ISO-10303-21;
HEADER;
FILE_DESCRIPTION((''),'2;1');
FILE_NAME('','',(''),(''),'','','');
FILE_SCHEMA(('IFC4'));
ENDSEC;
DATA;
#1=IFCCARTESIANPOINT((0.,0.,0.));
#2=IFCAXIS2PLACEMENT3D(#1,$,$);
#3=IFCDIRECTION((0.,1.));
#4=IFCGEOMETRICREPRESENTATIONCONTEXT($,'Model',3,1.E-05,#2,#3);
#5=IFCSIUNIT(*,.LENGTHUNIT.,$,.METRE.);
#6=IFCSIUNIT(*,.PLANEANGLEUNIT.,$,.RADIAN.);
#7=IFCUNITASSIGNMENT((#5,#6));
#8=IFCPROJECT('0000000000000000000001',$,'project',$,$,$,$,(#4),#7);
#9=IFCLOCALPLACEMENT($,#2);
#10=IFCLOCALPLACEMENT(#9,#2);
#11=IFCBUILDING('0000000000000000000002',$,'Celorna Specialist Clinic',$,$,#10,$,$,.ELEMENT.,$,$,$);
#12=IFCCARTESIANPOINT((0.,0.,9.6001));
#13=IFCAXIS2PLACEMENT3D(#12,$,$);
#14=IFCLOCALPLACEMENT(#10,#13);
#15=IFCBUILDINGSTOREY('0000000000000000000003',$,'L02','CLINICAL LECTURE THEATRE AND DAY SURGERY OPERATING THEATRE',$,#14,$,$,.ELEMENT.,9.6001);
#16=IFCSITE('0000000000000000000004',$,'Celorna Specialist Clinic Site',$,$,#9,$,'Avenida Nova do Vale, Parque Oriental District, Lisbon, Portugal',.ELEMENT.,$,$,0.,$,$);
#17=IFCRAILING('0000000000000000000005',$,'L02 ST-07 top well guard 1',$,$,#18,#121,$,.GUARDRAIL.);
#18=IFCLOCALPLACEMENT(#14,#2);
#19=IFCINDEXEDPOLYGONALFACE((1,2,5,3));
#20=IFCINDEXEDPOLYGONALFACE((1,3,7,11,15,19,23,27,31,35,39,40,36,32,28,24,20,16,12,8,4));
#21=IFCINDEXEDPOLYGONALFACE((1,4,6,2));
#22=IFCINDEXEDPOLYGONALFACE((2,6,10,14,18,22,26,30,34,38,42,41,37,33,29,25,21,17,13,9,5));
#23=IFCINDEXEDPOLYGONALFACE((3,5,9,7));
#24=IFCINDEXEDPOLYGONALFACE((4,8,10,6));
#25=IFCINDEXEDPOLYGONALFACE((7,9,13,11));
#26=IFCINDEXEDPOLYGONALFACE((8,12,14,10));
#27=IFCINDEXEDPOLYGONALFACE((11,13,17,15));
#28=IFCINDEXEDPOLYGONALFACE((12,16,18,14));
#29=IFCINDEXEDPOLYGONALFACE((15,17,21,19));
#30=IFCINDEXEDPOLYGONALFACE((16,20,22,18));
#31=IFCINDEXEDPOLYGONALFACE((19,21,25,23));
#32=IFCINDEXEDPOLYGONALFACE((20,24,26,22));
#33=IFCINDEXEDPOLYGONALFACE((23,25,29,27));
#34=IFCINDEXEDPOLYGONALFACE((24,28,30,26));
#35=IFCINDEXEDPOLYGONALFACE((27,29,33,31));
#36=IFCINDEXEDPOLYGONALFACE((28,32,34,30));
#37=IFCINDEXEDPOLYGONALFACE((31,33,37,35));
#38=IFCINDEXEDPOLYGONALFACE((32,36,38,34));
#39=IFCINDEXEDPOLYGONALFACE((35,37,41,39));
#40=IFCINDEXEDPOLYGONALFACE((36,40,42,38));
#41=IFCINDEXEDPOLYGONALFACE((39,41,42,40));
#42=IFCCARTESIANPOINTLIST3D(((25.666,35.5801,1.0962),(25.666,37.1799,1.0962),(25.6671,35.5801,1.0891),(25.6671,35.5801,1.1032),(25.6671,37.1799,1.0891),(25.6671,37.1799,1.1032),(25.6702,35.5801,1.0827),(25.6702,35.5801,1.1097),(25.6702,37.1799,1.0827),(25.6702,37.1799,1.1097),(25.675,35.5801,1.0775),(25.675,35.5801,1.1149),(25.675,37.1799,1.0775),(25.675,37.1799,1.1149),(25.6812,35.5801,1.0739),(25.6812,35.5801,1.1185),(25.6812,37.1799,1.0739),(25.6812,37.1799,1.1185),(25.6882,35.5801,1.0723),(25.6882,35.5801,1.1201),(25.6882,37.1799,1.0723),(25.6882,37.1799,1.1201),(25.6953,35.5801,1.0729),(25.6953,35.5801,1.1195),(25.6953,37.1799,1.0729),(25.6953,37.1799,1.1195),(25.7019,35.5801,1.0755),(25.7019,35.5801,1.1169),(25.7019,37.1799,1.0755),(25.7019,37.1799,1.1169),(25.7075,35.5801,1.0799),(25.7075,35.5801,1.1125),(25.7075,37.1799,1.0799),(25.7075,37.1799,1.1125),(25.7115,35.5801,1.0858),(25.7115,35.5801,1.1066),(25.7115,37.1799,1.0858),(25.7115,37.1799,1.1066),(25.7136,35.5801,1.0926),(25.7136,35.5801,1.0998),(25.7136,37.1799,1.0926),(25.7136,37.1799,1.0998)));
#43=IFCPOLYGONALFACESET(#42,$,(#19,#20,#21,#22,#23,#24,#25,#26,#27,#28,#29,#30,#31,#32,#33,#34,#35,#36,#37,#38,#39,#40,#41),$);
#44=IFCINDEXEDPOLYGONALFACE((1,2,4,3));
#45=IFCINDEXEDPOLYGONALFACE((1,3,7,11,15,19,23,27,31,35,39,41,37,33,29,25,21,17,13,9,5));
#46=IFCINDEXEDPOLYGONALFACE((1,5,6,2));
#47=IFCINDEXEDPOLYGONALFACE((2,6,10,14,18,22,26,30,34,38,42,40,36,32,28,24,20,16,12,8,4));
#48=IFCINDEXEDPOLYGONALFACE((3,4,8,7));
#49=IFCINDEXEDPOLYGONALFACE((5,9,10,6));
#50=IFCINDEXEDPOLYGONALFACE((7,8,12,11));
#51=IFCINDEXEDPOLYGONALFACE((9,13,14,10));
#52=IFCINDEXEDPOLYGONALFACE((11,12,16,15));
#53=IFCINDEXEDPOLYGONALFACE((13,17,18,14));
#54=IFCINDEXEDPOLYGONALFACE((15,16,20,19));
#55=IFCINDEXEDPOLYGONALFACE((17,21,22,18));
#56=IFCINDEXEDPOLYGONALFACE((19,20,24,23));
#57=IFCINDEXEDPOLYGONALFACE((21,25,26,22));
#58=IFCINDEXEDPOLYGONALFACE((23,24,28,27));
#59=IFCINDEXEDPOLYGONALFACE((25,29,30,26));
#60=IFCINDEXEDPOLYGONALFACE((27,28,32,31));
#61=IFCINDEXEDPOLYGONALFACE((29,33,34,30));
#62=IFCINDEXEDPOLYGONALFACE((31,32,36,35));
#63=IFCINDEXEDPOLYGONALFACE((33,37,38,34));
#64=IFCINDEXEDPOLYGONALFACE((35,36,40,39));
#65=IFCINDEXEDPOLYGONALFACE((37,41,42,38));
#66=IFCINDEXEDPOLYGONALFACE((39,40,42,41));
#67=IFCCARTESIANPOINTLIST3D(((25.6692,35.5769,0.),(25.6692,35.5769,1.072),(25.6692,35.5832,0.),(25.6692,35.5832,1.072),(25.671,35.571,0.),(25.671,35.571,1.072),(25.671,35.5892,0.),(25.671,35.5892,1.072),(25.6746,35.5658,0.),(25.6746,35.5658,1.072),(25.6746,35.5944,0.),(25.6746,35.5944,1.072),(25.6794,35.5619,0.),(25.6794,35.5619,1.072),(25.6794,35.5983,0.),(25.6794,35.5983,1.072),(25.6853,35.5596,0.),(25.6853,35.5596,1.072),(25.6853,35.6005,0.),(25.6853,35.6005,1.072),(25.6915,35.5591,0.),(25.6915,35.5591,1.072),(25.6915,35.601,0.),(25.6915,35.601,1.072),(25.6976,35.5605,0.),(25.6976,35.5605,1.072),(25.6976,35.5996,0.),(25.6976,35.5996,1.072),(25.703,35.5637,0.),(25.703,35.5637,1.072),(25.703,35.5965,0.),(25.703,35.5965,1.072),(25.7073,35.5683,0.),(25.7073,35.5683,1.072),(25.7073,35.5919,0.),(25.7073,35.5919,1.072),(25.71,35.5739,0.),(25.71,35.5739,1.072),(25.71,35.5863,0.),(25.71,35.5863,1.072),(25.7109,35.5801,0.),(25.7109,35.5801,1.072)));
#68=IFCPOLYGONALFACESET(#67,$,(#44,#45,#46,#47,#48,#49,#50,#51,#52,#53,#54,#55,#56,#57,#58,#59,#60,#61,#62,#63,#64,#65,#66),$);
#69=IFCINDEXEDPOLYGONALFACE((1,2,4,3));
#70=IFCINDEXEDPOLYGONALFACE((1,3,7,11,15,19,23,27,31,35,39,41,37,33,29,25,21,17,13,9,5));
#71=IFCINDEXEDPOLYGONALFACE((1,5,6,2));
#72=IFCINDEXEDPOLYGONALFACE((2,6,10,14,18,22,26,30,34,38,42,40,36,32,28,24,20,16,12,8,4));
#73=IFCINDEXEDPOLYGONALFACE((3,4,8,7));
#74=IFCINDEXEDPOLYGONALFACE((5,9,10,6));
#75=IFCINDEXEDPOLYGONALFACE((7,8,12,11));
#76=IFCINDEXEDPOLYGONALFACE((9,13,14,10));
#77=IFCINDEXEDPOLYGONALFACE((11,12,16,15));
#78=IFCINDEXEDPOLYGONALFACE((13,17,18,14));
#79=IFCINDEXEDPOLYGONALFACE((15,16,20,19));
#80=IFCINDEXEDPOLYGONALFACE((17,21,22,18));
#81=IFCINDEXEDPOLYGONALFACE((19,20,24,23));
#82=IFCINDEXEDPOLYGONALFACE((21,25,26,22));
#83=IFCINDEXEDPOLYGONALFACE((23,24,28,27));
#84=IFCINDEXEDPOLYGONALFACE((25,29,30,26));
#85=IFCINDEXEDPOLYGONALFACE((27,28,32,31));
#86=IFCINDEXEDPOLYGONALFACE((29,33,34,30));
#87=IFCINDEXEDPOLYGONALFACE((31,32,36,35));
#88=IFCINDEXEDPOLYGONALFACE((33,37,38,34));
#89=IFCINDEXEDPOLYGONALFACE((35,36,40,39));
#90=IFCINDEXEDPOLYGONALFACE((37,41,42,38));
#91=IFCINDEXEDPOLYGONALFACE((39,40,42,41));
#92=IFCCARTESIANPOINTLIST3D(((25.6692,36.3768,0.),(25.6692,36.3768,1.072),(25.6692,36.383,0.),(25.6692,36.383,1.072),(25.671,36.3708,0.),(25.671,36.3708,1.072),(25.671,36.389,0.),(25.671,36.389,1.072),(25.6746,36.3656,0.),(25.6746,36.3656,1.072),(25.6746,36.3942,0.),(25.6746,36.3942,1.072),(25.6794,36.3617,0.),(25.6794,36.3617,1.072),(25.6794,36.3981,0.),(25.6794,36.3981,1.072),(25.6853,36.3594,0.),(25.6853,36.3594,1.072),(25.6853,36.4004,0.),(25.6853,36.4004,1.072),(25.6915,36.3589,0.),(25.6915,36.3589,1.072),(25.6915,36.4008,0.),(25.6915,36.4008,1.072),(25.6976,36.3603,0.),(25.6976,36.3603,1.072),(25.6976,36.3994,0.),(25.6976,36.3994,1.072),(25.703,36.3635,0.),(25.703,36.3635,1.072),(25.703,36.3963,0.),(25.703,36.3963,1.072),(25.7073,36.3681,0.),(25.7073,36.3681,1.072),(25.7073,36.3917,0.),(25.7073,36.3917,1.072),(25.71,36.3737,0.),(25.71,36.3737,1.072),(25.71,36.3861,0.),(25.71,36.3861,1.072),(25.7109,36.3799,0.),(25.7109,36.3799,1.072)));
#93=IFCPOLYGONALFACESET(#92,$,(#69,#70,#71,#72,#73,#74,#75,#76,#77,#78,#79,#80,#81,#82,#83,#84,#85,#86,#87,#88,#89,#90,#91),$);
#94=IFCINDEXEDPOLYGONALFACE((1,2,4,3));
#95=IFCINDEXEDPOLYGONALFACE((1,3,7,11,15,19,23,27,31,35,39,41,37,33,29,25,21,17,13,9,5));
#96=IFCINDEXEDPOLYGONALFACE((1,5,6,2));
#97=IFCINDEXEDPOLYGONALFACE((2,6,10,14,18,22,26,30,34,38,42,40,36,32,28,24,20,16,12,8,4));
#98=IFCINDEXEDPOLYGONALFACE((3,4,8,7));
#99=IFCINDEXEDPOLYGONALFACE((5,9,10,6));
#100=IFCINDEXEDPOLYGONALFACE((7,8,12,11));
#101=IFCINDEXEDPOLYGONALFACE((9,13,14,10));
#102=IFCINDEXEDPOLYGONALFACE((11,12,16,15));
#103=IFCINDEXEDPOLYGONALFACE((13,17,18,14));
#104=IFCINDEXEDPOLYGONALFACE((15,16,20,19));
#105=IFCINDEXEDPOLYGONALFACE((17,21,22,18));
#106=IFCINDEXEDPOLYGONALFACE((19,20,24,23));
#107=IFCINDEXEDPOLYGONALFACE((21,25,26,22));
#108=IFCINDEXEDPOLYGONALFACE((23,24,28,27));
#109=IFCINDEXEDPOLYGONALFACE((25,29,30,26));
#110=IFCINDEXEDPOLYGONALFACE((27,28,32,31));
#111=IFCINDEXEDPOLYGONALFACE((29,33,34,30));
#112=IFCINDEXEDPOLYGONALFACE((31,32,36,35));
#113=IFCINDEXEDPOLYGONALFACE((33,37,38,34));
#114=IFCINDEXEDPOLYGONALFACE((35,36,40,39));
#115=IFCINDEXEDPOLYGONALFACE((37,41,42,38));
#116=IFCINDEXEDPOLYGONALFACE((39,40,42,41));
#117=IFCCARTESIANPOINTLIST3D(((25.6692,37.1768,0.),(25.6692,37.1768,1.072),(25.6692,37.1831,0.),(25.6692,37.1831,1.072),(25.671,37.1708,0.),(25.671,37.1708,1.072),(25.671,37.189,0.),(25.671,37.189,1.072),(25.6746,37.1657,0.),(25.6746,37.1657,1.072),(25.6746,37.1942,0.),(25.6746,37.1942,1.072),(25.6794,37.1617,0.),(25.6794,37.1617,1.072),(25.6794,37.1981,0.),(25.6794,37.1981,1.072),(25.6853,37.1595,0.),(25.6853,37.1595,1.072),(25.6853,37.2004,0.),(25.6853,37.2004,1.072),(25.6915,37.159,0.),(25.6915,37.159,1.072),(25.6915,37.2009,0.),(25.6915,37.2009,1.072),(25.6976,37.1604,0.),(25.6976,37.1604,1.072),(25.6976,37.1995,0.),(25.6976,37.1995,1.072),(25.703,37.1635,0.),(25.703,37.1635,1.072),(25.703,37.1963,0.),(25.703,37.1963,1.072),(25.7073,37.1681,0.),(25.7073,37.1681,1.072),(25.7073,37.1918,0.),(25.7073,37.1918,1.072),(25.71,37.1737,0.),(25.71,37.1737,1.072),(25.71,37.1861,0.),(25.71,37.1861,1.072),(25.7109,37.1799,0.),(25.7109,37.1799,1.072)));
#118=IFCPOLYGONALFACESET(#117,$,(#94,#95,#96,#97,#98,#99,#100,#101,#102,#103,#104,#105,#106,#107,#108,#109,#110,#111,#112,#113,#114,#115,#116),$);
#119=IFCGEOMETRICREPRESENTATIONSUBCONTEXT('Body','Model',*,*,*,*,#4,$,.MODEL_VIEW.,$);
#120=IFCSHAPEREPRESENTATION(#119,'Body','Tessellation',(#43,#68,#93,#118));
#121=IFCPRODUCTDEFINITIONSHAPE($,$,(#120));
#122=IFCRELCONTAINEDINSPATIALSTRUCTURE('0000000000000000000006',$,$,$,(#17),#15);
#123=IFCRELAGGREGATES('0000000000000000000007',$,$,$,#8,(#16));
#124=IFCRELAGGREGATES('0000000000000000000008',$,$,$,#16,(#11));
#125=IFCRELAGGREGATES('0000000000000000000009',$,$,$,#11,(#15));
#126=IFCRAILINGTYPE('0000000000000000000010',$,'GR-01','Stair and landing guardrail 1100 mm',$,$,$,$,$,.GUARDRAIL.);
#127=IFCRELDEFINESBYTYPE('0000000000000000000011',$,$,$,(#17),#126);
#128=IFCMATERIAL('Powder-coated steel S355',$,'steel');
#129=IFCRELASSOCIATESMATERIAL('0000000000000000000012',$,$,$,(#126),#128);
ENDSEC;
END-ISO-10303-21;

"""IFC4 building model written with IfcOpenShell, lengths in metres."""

from ifc_helpers import new_model, si_unit, direction, frame, origin, origin_2d, place, context, subcontext, project, spatial, circle, extrude, material, type_object, element, save


model = new_model("IFC4")

# Units and contexts
model_context = context("Model", 3, precision=1e-05, world=origin(), true_north=direction((0.0, 1.0)))
body_context = subcontext(model_context, "Body", "Model", "MODEL_VIEW")
ifc_project = project(units=[si_unit("LENGTHUNIT", "METRE"), si_unit("PLANEANGLEUNIT", "RADIAN")], contexts=[model_context])

# Site, building, storey
site_placement = place(None, origin())
site = spatial("IfcSite", under=ifc_project, at=site_placement, Name="Celorna Specialist Clinic Site", LongName="Avenida Nova do Vale, Parque Oriental District, Lisbon, Portugal", CompositionType="ELEMENT", RefElevation=0.0)
building_placement = place(site_placement, origin())
building = spatial("IfcBuilding", under=site, at=building_placement, Name="Celorna Specialist Clinic", CompositionType="ELEMENT")
storey_placement = place(building_placement, frame((0.0, 0.0, 9.6001)))
storey = spatial("IfcBuildingStorey", under=building, at=storey_placement, Name="L02", Description="CLINICAL LECTURE THEATRE AND DAY SURGERY OPERATING THEATRE", CompositionType="ELEMENT", Elevation=9.6001)

# Railing
ifc_material_1 = material(Name="Powder-coated steel S355", Category="steel")
railing_type = type_object("IfcRailingType", Name="GR-01", Description="Stair and landing guardrail 1100 mm", PredefinedType="GUARDRAIL", material=ifc_material_1)
railing_placement = place(storey_placement, frame((25.6899, 35.5801, 0.0)))
element("IfcRailing", 1, at=railing_placement, inside=storey, type_object=railing_type, Name="L02 ST-07 top well guard 1", PredefinedType="GUARDRAIL", context=body_context, shape_type="SweptSolid", body=[
    extrude(circle(Radius=0.0239, at=origin_2d()), frame((0.0, 0.0, 1.0962), z_axis=(0.0, 1.0, 0.0), x_axis=(-1.0, 0.0, 0.0)), (0.0, 0.0, 1.0), 1.5999),
    extrude(circle(Radius=0.021, at=origin_2d()), origin(), (0.0, 0.0, 1.0), 1.072),
    extrude(circle(Radius=0.021, at=origin_2d()), frame((0.0, 0.7998, 0.0)), (0.0, 0.0, 1.0), 1.072),
    extrude(circle(Radius=0.021, at=origin_2d()), frame((0.0, 1.5999, 0.0)), (0.0, 0.0, 1.0), 1.072),
])

save(model, "model.ifc")
